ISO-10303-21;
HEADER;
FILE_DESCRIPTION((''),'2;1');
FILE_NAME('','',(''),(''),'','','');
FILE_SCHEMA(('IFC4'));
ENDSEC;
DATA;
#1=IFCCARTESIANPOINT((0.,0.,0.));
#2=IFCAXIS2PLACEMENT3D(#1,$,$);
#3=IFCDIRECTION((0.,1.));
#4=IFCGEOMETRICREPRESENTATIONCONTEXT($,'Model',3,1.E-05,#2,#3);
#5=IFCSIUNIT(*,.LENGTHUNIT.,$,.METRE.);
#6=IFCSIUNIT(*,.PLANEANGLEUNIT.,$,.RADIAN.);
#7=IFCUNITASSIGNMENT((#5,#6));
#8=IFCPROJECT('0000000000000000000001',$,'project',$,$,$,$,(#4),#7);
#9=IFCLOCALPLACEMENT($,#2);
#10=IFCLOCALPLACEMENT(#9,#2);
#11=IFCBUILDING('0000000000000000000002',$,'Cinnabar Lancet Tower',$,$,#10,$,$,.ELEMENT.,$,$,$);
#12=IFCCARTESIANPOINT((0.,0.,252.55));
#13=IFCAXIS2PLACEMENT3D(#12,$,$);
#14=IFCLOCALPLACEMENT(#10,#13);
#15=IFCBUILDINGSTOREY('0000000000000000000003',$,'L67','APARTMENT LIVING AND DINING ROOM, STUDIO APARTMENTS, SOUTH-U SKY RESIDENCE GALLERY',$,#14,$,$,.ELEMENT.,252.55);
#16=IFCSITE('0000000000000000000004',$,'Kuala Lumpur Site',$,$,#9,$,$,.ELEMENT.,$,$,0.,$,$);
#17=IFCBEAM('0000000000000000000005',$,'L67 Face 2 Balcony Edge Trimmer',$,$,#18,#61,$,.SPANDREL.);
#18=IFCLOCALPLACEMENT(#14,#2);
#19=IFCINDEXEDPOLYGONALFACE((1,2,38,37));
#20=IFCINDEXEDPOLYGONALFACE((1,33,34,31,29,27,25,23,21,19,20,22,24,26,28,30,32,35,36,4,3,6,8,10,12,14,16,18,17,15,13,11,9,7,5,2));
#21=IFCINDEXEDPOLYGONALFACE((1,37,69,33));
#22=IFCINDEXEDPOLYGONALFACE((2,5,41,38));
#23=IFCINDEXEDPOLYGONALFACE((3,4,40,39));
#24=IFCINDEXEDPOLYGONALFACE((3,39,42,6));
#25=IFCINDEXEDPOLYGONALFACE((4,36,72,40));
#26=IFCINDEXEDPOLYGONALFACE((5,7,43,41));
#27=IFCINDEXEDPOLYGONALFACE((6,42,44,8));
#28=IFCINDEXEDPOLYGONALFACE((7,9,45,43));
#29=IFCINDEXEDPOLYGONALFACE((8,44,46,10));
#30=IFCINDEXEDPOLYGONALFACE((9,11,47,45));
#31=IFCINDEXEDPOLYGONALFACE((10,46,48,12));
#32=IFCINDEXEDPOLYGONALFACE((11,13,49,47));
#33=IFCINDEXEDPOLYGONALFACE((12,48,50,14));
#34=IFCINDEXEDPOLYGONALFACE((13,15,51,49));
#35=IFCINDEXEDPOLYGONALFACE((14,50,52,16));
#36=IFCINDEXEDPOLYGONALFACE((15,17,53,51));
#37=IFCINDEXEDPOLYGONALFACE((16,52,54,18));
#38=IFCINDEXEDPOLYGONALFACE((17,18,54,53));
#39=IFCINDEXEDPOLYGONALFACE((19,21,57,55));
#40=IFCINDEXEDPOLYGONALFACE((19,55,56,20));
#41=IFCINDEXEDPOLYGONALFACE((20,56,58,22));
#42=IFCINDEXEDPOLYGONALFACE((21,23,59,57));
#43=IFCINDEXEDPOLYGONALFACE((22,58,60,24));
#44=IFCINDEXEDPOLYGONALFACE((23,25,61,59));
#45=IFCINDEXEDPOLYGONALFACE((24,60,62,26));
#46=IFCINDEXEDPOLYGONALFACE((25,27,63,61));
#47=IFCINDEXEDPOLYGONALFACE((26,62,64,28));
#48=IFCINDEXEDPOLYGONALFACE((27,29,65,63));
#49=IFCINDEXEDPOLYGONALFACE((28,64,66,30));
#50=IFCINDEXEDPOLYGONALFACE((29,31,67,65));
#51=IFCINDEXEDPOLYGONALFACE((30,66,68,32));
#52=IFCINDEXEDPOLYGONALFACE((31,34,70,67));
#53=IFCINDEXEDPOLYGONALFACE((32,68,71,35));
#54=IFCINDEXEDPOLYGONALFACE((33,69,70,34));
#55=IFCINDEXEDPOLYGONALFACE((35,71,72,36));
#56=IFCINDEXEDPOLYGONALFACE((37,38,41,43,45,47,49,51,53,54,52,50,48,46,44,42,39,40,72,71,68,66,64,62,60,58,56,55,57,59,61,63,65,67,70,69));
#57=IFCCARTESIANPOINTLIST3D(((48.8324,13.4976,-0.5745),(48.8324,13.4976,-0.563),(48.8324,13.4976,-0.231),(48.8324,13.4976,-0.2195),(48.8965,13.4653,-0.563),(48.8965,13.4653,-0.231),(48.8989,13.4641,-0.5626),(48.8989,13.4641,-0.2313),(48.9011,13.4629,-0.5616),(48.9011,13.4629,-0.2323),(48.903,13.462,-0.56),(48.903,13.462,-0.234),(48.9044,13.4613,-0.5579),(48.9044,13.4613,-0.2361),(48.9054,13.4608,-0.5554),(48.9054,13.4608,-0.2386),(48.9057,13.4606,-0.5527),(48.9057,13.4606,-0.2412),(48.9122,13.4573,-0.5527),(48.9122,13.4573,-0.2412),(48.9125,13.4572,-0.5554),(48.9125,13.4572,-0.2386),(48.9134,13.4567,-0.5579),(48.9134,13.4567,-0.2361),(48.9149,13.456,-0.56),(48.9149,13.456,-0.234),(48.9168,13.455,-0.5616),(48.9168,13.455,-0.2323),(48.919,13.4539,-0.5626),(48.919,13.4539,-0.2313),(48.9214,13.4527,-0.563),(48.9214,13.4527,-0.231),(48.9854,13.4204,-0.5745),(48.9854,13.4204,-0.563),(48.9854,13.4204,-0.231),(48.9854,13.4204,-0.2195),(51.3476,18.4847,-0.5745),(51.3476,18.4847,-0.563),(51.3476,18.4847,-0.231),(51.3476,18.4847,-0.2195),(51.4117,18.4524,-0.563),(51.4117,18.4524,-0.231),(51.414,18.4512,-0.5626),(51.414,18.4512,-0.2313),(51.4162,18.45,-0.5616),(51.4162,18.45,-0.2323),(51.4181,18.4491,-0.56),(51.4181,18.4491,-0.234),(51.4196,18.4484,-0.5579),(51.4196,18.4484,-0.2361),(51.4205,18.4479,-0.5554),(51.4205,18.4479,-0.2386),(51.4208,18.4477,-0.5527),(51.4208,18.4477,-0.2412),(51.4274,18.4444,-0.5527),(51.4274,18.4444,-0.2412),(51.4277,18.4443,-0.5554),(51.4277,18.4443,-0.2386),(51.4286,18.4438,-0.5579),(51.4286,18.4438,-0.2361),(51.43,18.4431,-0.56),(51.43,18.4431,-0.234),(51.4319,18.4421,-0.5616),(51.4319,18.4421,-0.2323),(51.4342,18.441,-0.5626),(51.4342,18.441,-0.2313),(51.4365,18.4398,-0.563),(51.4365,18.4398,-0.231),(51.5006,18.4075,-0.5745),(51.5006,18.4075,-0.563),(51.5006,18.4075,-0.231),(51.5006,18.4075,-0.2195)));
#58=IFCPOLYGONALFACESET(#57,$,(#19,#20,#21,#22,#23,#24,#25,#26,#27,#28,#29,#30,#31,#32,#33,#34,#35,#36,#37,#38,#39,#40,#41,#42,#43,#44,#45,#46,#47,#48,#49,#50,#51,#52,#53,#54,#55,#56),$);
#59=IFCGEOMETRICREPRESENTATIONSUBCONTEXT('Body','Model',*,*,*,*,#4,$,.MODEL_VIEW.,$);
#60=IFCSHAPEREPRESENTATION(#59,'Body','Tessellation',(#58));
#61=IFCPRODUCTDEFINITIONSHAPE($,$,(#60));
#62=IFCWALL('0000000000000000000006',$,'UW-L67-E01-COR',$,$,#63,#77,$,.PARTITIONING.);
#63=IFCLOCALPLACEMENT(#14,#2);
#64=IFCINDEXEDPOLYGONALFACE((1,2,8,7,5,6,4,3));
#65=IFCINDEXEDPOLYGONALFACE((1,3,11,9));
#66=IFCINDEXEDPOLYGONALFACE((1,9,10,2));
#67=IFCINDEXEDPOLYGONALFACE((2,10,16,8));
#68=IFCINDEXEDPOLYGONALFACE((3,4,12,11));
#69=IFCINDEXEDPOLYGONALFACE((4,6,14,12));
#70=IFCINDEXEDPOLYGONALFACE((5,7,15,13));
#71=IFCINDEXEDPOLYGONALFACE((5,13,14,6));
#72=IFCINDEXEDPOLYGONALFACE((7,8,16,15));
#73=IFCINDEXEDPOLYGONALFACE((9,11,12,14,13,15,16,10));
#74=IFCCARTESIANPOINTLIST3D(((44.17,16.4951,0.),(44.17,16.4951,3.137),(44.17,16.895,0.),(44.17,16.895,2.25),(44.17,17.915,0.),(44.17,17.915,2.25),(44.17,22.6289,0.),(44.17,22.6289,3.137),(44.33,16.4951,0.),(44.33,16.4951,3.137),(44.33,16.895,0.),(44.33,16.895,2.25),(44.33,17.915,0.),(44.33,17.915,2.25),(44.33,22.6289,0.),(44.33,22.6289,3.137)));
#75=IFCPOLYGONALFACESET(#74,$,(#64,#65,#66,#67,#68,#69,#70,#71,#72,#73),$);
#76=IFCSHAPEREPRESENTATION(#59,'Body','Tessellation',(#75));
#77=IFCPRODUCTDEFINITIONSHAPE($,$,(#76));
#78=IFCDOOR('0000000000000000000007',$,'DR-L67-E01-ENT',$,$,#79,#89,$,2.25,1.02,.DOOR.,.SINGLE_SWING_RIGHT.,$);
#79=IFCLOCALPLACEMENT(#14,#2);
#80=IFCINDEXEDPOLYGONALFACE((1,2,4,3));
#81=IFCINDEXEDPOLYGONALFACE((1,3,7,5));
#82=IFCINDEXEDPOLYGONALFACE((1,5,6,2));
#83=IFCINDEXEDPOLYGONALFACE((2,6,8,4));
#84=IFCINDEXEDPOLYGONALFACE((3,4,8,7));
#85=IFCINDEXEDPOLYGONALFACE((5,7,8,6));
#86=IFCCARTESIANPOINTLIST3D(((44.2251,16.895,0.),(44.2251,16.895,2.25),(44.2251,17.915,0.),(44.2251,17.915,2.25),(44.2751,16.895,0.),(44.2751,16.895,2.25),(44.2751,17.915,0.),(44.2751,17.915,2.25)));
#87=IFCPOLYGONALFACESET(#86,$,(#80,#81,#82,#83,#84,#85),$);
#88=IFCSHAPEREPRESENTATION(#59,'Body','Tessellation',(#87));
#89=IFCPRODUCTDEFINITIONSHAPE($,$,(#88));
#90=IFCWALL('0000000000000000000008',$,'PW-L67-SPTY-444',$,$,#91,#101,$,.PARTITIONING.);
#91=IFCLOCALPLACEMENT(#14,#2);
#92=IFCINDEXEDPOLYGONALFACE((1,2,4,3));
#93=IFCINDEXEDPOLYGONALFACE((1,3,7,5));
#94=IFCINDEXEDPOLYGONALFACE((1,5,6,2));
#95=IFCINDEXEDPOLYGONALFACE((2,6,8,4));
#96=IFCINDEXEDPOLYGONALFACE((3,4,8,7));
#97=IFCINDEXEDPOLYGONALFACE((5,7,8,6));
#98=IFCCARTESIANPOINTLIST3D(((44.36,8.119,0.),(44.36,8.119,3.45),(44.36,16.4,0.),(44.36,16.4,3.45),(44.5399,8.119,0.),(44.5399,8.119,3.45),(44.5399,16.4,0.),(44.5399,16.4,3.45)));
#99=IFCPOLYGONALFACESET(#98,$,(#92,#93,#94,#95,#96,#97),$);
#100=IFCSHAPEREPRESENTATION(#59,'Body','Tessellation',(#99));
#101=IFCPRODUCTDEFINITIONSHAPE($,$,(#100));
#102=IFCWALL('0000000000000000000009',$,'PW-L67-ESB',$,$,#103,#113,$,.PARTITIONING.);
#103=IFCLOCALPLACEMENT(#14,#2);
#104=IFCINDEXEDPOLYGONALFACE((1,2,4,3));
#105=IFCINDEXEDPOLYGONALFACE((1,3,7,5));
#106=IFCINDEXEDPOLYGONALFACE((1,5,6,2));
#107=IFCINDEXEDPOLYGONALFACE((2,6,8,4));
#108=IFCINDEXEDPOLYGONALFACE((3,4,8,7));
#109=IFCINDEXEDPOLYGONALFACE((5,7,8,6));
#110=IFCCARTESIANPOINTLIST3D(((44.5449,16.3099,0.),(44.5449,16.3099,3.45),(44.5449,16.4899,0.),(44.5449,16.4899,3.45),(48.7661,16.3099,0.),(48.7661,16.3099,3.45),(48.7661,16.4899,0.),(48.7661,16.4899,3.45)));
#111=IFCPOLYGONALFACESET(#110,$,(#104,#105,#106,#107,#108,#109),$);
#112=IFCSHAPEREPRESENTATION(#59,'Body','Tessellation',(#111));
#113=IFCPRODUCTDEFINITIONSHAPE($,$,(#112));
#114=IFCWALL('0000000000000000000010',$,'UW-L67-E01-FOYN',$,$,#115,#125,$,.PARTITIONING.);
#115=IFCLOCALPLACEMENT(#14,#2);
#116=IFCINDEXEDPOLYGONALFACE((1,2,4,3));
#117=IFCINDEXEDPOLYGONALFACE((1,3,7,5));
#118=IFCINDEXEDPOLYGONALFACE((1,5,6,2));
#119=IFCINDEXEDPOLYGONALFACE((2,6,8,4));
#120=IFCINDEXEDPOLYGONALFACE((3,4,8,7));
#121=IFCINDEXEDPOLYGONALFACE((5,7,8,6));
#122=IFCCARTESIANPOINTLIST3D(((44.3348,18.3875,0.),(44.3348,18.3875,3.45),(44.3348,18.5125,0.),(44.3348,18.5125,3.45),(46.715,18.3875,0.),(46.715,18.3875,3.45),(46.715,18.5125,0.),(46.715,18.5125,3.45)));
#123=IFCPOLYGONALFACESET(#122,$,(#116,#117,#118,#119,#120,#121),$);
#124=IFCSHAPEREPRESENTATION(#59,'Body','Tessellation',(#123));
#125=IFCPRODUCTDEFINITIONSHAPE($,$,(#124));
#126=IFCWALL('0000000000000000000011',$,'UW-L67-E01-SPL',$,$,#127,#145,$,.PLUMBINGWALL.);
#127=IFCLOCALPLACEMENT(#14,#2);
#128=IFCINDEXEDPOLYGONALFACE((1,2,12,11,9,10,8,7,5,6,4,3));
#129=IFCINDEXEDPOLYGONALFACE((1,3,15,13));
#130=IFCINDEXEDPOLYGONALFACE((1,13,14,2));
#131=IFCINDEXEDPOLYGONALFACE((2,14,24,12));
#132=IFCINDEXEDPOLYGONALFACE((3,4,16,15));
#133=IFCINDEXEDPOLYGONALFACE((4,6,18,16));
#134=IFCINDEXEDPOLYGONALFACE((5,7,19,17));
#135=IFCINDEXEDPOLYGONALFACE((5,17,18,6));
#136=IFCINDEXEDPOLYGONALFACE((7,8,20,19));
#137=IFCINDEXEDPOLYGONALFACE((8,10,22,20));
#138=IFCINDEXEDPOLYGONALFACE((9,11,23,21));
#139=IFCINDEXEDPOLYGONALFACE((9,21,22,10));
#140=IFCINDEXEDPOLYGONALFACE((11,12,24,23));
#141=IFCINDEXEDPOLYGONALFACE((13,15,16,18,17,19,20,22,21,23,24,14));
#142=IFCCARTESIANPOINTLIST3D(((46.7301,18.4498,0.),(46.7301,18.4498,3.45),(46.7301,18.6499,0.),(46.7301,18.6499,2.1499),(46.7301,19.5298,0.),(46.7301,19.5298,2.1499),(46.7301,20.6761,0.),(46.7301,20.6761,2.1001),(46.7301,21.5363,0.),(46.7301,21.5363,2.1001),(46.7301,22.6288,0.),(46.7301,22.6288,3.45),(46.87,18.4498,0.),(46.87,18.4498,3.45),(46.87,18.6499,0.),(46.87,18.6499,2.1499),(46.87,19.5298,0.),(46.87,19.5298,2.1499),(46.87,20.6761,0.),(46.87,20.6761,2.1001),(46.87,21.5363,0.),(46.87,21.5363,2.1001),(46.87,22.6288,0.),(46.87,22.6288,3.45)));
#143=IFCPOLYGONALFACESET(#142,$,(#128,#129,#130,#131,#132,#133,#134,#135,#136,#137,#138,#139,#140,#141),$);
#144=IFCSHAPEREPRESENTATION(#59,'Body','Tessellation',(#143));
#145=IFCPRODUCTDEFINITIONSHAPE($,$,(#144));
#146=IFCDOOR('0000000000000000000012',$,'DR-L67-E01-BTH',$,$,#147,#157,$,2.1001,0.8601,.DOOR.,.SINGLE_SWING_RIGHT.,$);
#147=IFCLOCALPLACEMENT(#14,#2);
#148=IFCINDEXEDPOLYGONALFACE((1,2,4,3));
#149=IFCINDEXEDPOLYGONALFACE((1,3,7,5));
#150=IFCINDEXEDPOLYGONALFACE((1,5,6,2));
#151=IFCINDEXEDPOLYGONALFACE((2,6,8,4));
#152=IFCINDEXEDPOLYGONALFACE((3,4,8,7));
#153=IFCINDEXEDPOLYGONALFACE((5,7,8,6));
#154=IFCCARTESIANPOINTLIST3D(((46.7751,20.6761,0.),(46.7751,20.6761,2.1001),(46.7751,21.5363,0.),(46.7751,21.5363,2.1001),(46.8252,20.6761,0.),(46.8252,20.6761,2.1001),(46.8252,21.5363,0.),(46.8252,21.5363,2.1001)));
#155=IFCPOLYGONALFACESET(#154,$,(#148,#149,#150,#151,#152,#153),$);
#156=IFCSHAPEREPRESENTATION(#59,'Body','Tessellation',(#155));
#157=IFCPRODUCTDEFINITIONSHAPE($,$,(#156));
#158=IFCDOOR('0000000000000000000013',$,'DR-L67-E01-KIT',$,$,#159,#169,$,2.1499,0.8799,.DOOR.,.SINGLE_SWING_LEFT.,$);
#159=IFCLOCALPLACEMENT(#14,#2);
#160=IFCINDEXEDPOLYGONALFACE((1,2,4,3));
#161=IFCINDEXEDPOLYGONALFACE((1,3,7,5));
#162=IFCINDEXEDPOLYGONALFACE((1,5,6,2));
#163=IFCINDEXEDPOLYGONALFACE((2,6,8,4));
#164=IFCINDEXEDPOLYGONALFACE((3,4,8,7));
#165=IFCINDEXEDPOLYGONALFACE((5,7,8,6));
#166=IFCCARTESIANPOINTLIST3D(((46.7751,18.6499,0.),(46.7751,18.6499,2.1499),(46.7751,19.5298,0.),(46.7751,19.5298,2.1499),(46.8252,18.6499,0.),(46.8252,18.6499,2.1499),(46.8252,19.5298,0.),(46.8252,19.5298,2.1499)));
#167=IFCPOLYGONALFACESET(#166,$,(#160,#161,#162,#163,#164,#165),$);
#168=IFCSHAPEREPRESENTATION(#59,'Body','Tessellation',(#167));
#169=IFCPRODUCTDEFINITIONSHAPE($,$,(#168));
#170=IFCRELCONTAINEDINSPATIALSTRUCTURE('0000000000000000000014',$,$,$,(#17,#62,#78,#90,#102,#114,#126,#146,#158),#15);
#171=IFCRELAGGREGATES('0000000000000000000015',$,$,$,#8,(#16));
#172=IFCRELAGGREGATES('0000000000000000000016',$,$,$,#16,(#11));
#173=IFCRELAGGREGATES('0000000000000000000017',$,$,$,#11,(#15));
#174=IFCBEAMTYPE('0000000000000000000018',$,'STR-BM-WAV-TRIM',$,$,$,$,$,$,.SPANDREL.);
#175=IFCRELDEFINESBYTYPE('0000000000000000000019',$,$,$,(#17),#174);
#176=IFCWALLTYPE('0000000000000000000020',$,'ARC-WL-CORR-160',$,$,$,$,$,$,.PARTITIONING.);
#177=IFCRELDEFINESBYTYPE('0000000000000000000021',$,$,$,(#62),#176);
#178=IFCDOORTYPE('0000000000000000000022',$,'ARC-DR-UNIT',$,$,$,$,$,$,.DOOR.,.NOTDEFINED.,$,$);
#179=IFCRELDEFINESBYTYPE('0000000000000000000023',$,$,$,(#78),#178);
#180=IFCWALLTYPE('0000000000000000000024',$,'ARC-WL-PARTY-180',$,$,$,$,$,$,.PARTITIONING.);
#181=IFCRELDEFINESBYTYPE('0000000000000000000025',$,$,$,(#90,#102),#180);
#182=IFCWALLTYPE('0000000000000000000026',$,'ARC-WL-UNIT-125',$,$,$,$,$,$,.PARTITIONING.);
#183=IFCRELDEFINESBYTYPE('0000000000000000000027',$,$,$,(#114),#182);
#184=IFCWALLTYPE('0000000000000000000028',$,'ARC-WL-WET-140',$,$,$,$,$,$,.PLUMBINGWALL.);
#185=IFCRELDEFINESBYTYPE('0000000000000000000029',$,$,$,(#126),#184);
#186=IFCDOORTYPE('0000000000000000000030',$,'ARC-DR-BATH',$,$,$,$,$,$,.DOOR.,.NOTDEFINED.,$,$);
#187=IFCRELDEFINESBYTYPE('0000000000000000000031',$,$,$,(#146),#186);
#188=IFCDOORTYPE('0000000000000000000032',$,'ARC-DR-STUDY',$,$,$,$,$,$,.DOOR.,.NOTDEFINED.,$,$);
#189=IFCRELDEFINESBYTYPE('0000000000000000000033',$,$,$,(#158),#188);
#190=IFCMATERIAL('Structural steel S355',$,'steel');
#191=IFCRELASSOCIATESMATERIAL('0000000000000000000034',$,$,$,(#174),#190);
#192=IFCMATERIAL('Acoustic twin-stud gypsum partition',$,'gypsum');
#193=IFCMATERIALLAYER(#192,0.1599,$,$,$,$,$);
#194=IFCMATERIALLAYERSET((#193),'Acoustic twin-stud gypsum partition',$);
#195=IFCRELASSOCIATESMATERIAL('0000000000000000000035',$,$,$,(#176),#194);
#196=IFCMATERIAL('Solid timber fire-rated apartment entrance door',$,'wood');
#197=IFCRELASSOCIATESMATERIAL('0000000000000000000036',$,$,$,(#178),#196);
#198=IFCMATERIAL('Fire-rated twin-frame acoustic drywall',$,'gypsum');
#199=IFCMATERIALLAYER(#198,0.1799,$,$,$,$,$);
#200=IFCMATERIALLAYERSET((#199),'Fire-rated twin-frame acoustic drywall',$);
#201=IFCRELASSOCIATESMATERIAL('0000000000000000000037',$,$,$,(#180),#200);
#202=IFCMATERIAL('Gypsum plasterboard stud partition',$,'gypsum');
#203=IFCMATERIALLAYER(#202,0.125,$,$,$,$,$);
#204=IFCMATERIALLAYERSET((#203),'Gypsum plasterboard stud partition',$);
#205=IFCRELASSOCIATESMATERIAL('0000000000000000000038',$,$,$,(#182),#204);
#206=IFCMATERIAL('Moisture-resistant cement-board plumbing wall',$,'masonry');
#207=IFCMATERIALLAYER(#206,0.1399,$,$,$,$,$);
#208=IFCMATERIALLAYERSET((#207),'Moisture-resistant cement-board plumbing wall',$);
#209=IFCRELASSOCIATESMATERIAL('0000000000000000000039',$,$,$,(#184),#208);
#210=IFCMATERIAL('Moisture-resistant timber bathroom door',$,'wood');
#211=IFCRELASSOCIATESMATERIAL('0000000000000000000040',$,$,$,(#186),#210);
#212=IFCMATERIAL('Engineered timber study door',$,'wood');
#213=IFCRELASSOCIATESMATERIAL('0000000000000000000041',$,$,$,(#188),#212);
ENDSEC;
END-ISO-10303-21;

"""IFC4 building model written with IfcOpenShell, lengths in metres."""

from ifc_helpers import new_model, si_unit, direction, frame, frame_2d, origin, origin_2d, place, context, subcontext, project, spatial, rectangle, i_section, extrude, material, layer, layer_set, material_profile, profile_set, type_object, element, fill, save


model = new_model("IFC4")

# Units and contexts
model_context = context("Model", 3, precision=1e-05, world=origin(), true_north=direction((0.0, 1.0)))
body_context = subcontext(model_context, "Body", "Model", "MODEL_VIEW")
ifc_project = project(units=[si_unit("LENGTHUNIT", "METRE"), si_unit("PLANEANGLEUNIT", "RADIAN")], contexts=[model_context])

# Site, building, storey
site_placement = place(None, origin())
site = spatial("IfcSite", under=ifc_project, at=site_placement, Name="Kuala Lumpur Site", CompositionType="ELEMENT", RefElevation=0.0)
building_placement = place(site_placement, origin())
building = spatial("IfcBuilding", under=site, at=building_placement, Name="Cinnabar Lancet Tower", CompositionType="ELEMENT")
storey_placement = place(building_placement, frame((0.0, 0.0, 252.55)))
storey = spatial("IfcBuildingStorey", under=building, at=storey_placement, Name="L67", Description="APARTMENT LIVING AND DINING ROOM, STUDIO APARTMENTS, SOUTH-U SKY RESIDENCE GALLERY", CompositionType="ELEMENT", Elevation=252.55)

# Beam
ifc_material_1 = material(Name="Structural steel S355", Category="steel")
ifc_material_profile_1 = material_profile(ifc_material_1, i_section(OverallWidth=0.1714, OverallDepth=0.355, WebThickness=0.0073, FlangeThickness=0.0115, FilletRadius=0.0103, at=origin_2d()), Name="UKB 356x171x51")
ifc_profile_set_1 = profile_set([ifc_material_profile_1], Name="Structural steel S355")
beam_type_1 = type_object("IfcBeamType", Name="STR-BM-WAV-TRIM", PredefinedType="SPANDREL", material=ifc_profile_set_1)
beam_1_placement = place(storey_placement, frame((48.9089, 13.459, -0.397), z_axis=(0.450306, 0.892874, 0.0), x_axis=(-0.892874, 0.450306, 0.0)))
element("IfcBeam", 1, at=beam_1_placement, inside=storey, type_object=beam_type_1, Name="L67 Face 2 Balcony Edge Trimmer", PredefinedType="SPANDREL", context=body_context, shape_type="SweptSolid", body=[
    extrude(i_section(OverallWidth=0.1714, OverallDepth=0.355, WebThickness=0.0073, FlangeThickness=0.0115, FilletRadius=0.0103, at=origin_2d()), origin(), (0.0, 0.0, 1.0), 5.5854),
])

# Wall, opening, door
ifc_material_2 = material(Name="Acoustic twin-stud gypsum partition", Category="gypsum")
ifc_layer_1 = layer(ifc_material_2, 0.1599)
ifc_layer_set_1 = layer_set([ifc_layer_1], Name="Acoustic twin-stud gypsum partition")
wall_type_1 = type_object("IfcWallType", Name="ARC-WL-CORR-160", PredefinedType="PARTITIONING", material=ifc_layer_set_1)
wall_1_placement = place(storey_placement, frame((44.25, 16.4951, 0.0), z_axis=(0.0, 0.0, 1.0), x_axis=(0.0, 1.0, 0.0)))
wall_1 = element("IfcWall", 2, at=wall_1_placement, inside=storey, type_object=wall_type_1, Name="UW-L67-E01-COR", PredefinedType="PARTITIONING", context=body_context, shape_type="SweptSolid", body=[
    extrude(rectangle(XDim=6.1338, YDim=0.1599, at=frame_2d((3.0669, 0.0))), origin(), (0.0, 0.0, 1.0), 3.137),
])
opening_1_placement = place(wall_1_placement, frame((0.3999, 0.0, 0.0)))
opening_1 = element("IfcOpeningElement", 3, at=opening_1_placement, cuts=wall_1, PredefinedType="OPENING", context=body_context, shape_type="SweptSolid", body=[
    extrude(rectangle(XDim=1.02, YDim=2.25, at=frame_2d((0.51, 1.125))), frame((0.0, 0.0898, 0.0), z_axis=(0.0, -1.0, 0.0), x_axis=(1.0, 0.0, 0.0)), (0.0, 0.0, 1.0), 0.1799),
])
ifc_material_3 = material(Name="Solid timber fire-rated apartment entrance door", Category="wood")
door_type_1 = type_object("IfcDoorType", Name="ARC-DR-UNIT", OperationType="NOTDEFINED", PredefinedType="DOOR", material=ifc_material_3)
door_1_placement = place(opening_1_placement, origin())
door_1 = element("IfcDoor", 4, at=door_1_placement, inside=storey, type_object=door_type_1, Name="DR-L67-E01-ENT", OperationType="SINGLE_SWING_RIGHT", OverallHeight=2.25, OverallWidth=1.02, PredefinedType="DOOR", context=body_context, shape_type="SweptSolid", body=[
    extrude(rectangle(XDim=1.02, YDim=2.25, at=frame_2d((0.51, 1.125))), frame((0.0, 0.0249, 0.0), z_axis=(0.0, -1.0, 0.0), x_axis=(1.0, 0.0, 0.0)), (0.0, 0.0, 1.0), 0.05),
])
fill(opening_1, door_1)

# Walls
ifc_material_4 = material(Name="Fire-rated twin-frame acoustic drywall", Category="gypsum")
ifc_layer_2 = layer(ifc_material_4, 0.1799)
ifc_layer_set_2 = layer_set([ifc_layer_2], Name="Fire-rated twin-frame acoustic drywall")
wall_type_2 = type_object("IfcWallType", Name="ARC-WL-PARTY-180", PredefinedType="PARTITIONING", material=ifc_layer_set_2)
wall_2_placement = place(storey_placement, frame((44.45, 8.1189, 0.0), z_axis=(0.0, 0.0, 1.0), x_axis=(0.0, 1.0, 0.0)))
element("IfcWall", 5, at=wall_2_placement, inside=storey, type_object=wall_type_2, Name="PW-L67-SPTY-444", PredefinedType="PARTITIONING", context=body_context, shape_type="SweptSolid", body=[
    extrude(rectangle(XDim=8.281, YDim=0.1799, at=frame_2d((4.1406, 0.0))), origin(), (0.0, 0.0, 1.0), 3.45),
])
wall_3_placement = place(storey_placement, frame((44.5449, 16.3999, 0.0), z_axis=(0.0, 0.0, 1.0), x_axis=(1.0, 0.0, 0.0)))
element("IfcWall", 6, at=wall_3_placement, inside=storey, type_object=wall_type_2, Name="PW-L67-ESB", PredefinedType="PARTITIONING", context=body_context, shape_type="SweptSolid", body=[
    extrude(rectangle(XDim=4.2212, YDim=0.1799, at=frame_2d((2.1106, 0.0))), origin(), (0.0, 0.0, 1.0), 3.45),
])
ifc_material_5 = material(Name="Gypsum plasterboard stud partition", Category="gypsum")
ifc_layer_3 = layer(ifc_material_5, 0.125)
ifc_layer_set_3 = layer_set([ifc_layer_3], Name="Gypsum plasterboard stud partition")
wall_type_3 = type_object("IfcWallType", Name="ARC-WL-UNIT-125", PredefinedType="PARTITIONING", material=ifc_layer_set_3)
wall_4_placement = place(storey_placement, frame((44.335, 18.45, 0.0), z_axis=(0.0, 0.0, 1.0), x_axis=(1.0, 0.0, 0.0)))
element("IfcWall", 7, at=wall_4_placement, inside=storey, type_object=wall_type_3, Name="UW-L67-E01-FOYN", PredefinedType="PARTITIONING", context=body_context, shape_type="SweptSolid", body=[
    extrude(rectangle(XDim=2.3801, YDim=0.125, at=frame_2d((1.1899, 0.0))), origin(), (0.0, 0.0, 1.0), 3.45),
])

# Wall, openings, doors
ifc_material_6 = material(Name="Moisture-resistant cement-board plumbing wall", Category="masonry")
ifc_layer_4 = layer(ifc_material_6, 0.1399)
ifc_layer_set_4 = layer_set([ifc_layer_4], Name="Moisture-resistant cement-board plumbing wall")
wall_type_4 = type_object("IfcWallType", Name="ARC-WL-WET-140", PredefinedType="PLUMBINGWALL", material=ifc_layer_set_4)
wall_5_placement = place(storey_placement, frame((46.8, 18.45, 0.0), z_axis=(0.0, 0.0, 1.0), x_axis=(0.0, 1.0, 0.0)))
wall_5 = element("IfcWall", 8, at=wall_5_placement, inside=storey, type_object=wall_type_4, Name="UW-L67-E01-SPL", PredefinedType="PLUMBINGWALL", context=body_context, shape_type="SweptSolid", body=[
    extrude(rectangle(XDim=4.179, YDim=0.1399, at=frame_2d((2.0894, 0.0))), origin(), (0.0, 0.0, 1.0), 3.45),
])
opening_2_placement = place(wall_5_placement, frame((2.2261, 0.0, 0.0)))
opening_2 = element("IfcOpeningElement", 9, at=opening_2_placement, cuts=wall_5, PredefinedType="OPENING", context=body_context, shape_type="SweptSolid", body=[
    extrude(rectangle(XDim=0.8601, YDim=2.1001, at=frame_2d((0.4302, 1.05))), frame((0.0, 0.0798, 0.0), z_axis=(0.0, -1.0, 0.0), x_axis=(1.0, 0.0, 0.0)), (0.0, 0.0, 1.0), 0.1599),
])
opening_3_placement = place(wall_5_placement, frame((0.2, 0.0, 0.0)))
opening_3 = element("IfcOpeningElement", 10, at=opening_3_placement, cuts=wall_5, PredefinedType="OPENING", context=body_context, shape_type="SweptSolid", body=[
    extrude(rectangle(XDim=0.8799, YDim=2.1499, at=frame_2d((0.4399, 1.075))), frame((0.0, 0.0798, 0.0), z_axis=(0.0, -1.0, 0.0), x_axis=(1.0, 0.0, 0.0)), (0.0, 0.0, 1.0), 0.1599),
])
ifc_material_7 = material(Name="Moisture-resistant timber bathroom door", Category="wood")
door_type_2 = type_object("IfcDoorType", Name="ARC-DR-BATH", OperationType="NOTDEFINED", PredefinedType="DOOR", material=ifc_material_7)
door_2_placement = place(opening_2_placement, origin())
door_2 = element("IfcDoor", 11, at=door_2_placement, inside=storey, type_object=door_type_2, Name="DR-L67-E01-BTH", OperationType="SINGLE_SWING_RIGHT", OverallHeight=2.1001, OverallWidth=0.8601, PredefinedType="DOOR", context=body_context, shape_type="SweptSolid", body=[
    extrude(rectangle(XDim=0.8601, YDim=2.1001, at=frame_2d((0.4302, 1.05))), frame((0.0, 0.0249, 0.0), z_axis=(0.0, -1.0, 0.0), x_axis=(1.0, 0.0, 0.0)), (0.0, 0.0, 1.0), 0.05),
])
fill(opening_2, door_2)
ifc_material_8 = material(Name="Engineered timber study door", Category="wood")
door_type_3 = type_object("IfcDoorType", Name="ARC-DR-STUDY", OperationType="NOTDEFINED", PredefinedType="DOOR", material=ifc_material_8)
door_3_placement = place(opening_3_placement, origin())
door_3 = element("IfcDoor", 12, at=door_3_placement, inside=storey, type_object=door_type_3, Name="DR-L67-E01-KIT", OperationType="SINGLE_SWING_LEFT", OverallHeight=2.1499, OverallWidth=0.8799, PredefinedType="DOOR", context=body_context, shape_type="SweptSolid", body=[
    extrude(rectangle(XDim=0.8799, YDim=2.1499, at=frame_2d((0.4399, 1.075))), frame((0.0, 0.0249, 0.0), z_axis=(0.0, -1.0, 0.0), x_axis=(1.0, 0.0, 0.0)), (0.0, 0.0, 1.0), 0.05),
])
fill(opening_3, door_3)

save(model, "model.ifc")
